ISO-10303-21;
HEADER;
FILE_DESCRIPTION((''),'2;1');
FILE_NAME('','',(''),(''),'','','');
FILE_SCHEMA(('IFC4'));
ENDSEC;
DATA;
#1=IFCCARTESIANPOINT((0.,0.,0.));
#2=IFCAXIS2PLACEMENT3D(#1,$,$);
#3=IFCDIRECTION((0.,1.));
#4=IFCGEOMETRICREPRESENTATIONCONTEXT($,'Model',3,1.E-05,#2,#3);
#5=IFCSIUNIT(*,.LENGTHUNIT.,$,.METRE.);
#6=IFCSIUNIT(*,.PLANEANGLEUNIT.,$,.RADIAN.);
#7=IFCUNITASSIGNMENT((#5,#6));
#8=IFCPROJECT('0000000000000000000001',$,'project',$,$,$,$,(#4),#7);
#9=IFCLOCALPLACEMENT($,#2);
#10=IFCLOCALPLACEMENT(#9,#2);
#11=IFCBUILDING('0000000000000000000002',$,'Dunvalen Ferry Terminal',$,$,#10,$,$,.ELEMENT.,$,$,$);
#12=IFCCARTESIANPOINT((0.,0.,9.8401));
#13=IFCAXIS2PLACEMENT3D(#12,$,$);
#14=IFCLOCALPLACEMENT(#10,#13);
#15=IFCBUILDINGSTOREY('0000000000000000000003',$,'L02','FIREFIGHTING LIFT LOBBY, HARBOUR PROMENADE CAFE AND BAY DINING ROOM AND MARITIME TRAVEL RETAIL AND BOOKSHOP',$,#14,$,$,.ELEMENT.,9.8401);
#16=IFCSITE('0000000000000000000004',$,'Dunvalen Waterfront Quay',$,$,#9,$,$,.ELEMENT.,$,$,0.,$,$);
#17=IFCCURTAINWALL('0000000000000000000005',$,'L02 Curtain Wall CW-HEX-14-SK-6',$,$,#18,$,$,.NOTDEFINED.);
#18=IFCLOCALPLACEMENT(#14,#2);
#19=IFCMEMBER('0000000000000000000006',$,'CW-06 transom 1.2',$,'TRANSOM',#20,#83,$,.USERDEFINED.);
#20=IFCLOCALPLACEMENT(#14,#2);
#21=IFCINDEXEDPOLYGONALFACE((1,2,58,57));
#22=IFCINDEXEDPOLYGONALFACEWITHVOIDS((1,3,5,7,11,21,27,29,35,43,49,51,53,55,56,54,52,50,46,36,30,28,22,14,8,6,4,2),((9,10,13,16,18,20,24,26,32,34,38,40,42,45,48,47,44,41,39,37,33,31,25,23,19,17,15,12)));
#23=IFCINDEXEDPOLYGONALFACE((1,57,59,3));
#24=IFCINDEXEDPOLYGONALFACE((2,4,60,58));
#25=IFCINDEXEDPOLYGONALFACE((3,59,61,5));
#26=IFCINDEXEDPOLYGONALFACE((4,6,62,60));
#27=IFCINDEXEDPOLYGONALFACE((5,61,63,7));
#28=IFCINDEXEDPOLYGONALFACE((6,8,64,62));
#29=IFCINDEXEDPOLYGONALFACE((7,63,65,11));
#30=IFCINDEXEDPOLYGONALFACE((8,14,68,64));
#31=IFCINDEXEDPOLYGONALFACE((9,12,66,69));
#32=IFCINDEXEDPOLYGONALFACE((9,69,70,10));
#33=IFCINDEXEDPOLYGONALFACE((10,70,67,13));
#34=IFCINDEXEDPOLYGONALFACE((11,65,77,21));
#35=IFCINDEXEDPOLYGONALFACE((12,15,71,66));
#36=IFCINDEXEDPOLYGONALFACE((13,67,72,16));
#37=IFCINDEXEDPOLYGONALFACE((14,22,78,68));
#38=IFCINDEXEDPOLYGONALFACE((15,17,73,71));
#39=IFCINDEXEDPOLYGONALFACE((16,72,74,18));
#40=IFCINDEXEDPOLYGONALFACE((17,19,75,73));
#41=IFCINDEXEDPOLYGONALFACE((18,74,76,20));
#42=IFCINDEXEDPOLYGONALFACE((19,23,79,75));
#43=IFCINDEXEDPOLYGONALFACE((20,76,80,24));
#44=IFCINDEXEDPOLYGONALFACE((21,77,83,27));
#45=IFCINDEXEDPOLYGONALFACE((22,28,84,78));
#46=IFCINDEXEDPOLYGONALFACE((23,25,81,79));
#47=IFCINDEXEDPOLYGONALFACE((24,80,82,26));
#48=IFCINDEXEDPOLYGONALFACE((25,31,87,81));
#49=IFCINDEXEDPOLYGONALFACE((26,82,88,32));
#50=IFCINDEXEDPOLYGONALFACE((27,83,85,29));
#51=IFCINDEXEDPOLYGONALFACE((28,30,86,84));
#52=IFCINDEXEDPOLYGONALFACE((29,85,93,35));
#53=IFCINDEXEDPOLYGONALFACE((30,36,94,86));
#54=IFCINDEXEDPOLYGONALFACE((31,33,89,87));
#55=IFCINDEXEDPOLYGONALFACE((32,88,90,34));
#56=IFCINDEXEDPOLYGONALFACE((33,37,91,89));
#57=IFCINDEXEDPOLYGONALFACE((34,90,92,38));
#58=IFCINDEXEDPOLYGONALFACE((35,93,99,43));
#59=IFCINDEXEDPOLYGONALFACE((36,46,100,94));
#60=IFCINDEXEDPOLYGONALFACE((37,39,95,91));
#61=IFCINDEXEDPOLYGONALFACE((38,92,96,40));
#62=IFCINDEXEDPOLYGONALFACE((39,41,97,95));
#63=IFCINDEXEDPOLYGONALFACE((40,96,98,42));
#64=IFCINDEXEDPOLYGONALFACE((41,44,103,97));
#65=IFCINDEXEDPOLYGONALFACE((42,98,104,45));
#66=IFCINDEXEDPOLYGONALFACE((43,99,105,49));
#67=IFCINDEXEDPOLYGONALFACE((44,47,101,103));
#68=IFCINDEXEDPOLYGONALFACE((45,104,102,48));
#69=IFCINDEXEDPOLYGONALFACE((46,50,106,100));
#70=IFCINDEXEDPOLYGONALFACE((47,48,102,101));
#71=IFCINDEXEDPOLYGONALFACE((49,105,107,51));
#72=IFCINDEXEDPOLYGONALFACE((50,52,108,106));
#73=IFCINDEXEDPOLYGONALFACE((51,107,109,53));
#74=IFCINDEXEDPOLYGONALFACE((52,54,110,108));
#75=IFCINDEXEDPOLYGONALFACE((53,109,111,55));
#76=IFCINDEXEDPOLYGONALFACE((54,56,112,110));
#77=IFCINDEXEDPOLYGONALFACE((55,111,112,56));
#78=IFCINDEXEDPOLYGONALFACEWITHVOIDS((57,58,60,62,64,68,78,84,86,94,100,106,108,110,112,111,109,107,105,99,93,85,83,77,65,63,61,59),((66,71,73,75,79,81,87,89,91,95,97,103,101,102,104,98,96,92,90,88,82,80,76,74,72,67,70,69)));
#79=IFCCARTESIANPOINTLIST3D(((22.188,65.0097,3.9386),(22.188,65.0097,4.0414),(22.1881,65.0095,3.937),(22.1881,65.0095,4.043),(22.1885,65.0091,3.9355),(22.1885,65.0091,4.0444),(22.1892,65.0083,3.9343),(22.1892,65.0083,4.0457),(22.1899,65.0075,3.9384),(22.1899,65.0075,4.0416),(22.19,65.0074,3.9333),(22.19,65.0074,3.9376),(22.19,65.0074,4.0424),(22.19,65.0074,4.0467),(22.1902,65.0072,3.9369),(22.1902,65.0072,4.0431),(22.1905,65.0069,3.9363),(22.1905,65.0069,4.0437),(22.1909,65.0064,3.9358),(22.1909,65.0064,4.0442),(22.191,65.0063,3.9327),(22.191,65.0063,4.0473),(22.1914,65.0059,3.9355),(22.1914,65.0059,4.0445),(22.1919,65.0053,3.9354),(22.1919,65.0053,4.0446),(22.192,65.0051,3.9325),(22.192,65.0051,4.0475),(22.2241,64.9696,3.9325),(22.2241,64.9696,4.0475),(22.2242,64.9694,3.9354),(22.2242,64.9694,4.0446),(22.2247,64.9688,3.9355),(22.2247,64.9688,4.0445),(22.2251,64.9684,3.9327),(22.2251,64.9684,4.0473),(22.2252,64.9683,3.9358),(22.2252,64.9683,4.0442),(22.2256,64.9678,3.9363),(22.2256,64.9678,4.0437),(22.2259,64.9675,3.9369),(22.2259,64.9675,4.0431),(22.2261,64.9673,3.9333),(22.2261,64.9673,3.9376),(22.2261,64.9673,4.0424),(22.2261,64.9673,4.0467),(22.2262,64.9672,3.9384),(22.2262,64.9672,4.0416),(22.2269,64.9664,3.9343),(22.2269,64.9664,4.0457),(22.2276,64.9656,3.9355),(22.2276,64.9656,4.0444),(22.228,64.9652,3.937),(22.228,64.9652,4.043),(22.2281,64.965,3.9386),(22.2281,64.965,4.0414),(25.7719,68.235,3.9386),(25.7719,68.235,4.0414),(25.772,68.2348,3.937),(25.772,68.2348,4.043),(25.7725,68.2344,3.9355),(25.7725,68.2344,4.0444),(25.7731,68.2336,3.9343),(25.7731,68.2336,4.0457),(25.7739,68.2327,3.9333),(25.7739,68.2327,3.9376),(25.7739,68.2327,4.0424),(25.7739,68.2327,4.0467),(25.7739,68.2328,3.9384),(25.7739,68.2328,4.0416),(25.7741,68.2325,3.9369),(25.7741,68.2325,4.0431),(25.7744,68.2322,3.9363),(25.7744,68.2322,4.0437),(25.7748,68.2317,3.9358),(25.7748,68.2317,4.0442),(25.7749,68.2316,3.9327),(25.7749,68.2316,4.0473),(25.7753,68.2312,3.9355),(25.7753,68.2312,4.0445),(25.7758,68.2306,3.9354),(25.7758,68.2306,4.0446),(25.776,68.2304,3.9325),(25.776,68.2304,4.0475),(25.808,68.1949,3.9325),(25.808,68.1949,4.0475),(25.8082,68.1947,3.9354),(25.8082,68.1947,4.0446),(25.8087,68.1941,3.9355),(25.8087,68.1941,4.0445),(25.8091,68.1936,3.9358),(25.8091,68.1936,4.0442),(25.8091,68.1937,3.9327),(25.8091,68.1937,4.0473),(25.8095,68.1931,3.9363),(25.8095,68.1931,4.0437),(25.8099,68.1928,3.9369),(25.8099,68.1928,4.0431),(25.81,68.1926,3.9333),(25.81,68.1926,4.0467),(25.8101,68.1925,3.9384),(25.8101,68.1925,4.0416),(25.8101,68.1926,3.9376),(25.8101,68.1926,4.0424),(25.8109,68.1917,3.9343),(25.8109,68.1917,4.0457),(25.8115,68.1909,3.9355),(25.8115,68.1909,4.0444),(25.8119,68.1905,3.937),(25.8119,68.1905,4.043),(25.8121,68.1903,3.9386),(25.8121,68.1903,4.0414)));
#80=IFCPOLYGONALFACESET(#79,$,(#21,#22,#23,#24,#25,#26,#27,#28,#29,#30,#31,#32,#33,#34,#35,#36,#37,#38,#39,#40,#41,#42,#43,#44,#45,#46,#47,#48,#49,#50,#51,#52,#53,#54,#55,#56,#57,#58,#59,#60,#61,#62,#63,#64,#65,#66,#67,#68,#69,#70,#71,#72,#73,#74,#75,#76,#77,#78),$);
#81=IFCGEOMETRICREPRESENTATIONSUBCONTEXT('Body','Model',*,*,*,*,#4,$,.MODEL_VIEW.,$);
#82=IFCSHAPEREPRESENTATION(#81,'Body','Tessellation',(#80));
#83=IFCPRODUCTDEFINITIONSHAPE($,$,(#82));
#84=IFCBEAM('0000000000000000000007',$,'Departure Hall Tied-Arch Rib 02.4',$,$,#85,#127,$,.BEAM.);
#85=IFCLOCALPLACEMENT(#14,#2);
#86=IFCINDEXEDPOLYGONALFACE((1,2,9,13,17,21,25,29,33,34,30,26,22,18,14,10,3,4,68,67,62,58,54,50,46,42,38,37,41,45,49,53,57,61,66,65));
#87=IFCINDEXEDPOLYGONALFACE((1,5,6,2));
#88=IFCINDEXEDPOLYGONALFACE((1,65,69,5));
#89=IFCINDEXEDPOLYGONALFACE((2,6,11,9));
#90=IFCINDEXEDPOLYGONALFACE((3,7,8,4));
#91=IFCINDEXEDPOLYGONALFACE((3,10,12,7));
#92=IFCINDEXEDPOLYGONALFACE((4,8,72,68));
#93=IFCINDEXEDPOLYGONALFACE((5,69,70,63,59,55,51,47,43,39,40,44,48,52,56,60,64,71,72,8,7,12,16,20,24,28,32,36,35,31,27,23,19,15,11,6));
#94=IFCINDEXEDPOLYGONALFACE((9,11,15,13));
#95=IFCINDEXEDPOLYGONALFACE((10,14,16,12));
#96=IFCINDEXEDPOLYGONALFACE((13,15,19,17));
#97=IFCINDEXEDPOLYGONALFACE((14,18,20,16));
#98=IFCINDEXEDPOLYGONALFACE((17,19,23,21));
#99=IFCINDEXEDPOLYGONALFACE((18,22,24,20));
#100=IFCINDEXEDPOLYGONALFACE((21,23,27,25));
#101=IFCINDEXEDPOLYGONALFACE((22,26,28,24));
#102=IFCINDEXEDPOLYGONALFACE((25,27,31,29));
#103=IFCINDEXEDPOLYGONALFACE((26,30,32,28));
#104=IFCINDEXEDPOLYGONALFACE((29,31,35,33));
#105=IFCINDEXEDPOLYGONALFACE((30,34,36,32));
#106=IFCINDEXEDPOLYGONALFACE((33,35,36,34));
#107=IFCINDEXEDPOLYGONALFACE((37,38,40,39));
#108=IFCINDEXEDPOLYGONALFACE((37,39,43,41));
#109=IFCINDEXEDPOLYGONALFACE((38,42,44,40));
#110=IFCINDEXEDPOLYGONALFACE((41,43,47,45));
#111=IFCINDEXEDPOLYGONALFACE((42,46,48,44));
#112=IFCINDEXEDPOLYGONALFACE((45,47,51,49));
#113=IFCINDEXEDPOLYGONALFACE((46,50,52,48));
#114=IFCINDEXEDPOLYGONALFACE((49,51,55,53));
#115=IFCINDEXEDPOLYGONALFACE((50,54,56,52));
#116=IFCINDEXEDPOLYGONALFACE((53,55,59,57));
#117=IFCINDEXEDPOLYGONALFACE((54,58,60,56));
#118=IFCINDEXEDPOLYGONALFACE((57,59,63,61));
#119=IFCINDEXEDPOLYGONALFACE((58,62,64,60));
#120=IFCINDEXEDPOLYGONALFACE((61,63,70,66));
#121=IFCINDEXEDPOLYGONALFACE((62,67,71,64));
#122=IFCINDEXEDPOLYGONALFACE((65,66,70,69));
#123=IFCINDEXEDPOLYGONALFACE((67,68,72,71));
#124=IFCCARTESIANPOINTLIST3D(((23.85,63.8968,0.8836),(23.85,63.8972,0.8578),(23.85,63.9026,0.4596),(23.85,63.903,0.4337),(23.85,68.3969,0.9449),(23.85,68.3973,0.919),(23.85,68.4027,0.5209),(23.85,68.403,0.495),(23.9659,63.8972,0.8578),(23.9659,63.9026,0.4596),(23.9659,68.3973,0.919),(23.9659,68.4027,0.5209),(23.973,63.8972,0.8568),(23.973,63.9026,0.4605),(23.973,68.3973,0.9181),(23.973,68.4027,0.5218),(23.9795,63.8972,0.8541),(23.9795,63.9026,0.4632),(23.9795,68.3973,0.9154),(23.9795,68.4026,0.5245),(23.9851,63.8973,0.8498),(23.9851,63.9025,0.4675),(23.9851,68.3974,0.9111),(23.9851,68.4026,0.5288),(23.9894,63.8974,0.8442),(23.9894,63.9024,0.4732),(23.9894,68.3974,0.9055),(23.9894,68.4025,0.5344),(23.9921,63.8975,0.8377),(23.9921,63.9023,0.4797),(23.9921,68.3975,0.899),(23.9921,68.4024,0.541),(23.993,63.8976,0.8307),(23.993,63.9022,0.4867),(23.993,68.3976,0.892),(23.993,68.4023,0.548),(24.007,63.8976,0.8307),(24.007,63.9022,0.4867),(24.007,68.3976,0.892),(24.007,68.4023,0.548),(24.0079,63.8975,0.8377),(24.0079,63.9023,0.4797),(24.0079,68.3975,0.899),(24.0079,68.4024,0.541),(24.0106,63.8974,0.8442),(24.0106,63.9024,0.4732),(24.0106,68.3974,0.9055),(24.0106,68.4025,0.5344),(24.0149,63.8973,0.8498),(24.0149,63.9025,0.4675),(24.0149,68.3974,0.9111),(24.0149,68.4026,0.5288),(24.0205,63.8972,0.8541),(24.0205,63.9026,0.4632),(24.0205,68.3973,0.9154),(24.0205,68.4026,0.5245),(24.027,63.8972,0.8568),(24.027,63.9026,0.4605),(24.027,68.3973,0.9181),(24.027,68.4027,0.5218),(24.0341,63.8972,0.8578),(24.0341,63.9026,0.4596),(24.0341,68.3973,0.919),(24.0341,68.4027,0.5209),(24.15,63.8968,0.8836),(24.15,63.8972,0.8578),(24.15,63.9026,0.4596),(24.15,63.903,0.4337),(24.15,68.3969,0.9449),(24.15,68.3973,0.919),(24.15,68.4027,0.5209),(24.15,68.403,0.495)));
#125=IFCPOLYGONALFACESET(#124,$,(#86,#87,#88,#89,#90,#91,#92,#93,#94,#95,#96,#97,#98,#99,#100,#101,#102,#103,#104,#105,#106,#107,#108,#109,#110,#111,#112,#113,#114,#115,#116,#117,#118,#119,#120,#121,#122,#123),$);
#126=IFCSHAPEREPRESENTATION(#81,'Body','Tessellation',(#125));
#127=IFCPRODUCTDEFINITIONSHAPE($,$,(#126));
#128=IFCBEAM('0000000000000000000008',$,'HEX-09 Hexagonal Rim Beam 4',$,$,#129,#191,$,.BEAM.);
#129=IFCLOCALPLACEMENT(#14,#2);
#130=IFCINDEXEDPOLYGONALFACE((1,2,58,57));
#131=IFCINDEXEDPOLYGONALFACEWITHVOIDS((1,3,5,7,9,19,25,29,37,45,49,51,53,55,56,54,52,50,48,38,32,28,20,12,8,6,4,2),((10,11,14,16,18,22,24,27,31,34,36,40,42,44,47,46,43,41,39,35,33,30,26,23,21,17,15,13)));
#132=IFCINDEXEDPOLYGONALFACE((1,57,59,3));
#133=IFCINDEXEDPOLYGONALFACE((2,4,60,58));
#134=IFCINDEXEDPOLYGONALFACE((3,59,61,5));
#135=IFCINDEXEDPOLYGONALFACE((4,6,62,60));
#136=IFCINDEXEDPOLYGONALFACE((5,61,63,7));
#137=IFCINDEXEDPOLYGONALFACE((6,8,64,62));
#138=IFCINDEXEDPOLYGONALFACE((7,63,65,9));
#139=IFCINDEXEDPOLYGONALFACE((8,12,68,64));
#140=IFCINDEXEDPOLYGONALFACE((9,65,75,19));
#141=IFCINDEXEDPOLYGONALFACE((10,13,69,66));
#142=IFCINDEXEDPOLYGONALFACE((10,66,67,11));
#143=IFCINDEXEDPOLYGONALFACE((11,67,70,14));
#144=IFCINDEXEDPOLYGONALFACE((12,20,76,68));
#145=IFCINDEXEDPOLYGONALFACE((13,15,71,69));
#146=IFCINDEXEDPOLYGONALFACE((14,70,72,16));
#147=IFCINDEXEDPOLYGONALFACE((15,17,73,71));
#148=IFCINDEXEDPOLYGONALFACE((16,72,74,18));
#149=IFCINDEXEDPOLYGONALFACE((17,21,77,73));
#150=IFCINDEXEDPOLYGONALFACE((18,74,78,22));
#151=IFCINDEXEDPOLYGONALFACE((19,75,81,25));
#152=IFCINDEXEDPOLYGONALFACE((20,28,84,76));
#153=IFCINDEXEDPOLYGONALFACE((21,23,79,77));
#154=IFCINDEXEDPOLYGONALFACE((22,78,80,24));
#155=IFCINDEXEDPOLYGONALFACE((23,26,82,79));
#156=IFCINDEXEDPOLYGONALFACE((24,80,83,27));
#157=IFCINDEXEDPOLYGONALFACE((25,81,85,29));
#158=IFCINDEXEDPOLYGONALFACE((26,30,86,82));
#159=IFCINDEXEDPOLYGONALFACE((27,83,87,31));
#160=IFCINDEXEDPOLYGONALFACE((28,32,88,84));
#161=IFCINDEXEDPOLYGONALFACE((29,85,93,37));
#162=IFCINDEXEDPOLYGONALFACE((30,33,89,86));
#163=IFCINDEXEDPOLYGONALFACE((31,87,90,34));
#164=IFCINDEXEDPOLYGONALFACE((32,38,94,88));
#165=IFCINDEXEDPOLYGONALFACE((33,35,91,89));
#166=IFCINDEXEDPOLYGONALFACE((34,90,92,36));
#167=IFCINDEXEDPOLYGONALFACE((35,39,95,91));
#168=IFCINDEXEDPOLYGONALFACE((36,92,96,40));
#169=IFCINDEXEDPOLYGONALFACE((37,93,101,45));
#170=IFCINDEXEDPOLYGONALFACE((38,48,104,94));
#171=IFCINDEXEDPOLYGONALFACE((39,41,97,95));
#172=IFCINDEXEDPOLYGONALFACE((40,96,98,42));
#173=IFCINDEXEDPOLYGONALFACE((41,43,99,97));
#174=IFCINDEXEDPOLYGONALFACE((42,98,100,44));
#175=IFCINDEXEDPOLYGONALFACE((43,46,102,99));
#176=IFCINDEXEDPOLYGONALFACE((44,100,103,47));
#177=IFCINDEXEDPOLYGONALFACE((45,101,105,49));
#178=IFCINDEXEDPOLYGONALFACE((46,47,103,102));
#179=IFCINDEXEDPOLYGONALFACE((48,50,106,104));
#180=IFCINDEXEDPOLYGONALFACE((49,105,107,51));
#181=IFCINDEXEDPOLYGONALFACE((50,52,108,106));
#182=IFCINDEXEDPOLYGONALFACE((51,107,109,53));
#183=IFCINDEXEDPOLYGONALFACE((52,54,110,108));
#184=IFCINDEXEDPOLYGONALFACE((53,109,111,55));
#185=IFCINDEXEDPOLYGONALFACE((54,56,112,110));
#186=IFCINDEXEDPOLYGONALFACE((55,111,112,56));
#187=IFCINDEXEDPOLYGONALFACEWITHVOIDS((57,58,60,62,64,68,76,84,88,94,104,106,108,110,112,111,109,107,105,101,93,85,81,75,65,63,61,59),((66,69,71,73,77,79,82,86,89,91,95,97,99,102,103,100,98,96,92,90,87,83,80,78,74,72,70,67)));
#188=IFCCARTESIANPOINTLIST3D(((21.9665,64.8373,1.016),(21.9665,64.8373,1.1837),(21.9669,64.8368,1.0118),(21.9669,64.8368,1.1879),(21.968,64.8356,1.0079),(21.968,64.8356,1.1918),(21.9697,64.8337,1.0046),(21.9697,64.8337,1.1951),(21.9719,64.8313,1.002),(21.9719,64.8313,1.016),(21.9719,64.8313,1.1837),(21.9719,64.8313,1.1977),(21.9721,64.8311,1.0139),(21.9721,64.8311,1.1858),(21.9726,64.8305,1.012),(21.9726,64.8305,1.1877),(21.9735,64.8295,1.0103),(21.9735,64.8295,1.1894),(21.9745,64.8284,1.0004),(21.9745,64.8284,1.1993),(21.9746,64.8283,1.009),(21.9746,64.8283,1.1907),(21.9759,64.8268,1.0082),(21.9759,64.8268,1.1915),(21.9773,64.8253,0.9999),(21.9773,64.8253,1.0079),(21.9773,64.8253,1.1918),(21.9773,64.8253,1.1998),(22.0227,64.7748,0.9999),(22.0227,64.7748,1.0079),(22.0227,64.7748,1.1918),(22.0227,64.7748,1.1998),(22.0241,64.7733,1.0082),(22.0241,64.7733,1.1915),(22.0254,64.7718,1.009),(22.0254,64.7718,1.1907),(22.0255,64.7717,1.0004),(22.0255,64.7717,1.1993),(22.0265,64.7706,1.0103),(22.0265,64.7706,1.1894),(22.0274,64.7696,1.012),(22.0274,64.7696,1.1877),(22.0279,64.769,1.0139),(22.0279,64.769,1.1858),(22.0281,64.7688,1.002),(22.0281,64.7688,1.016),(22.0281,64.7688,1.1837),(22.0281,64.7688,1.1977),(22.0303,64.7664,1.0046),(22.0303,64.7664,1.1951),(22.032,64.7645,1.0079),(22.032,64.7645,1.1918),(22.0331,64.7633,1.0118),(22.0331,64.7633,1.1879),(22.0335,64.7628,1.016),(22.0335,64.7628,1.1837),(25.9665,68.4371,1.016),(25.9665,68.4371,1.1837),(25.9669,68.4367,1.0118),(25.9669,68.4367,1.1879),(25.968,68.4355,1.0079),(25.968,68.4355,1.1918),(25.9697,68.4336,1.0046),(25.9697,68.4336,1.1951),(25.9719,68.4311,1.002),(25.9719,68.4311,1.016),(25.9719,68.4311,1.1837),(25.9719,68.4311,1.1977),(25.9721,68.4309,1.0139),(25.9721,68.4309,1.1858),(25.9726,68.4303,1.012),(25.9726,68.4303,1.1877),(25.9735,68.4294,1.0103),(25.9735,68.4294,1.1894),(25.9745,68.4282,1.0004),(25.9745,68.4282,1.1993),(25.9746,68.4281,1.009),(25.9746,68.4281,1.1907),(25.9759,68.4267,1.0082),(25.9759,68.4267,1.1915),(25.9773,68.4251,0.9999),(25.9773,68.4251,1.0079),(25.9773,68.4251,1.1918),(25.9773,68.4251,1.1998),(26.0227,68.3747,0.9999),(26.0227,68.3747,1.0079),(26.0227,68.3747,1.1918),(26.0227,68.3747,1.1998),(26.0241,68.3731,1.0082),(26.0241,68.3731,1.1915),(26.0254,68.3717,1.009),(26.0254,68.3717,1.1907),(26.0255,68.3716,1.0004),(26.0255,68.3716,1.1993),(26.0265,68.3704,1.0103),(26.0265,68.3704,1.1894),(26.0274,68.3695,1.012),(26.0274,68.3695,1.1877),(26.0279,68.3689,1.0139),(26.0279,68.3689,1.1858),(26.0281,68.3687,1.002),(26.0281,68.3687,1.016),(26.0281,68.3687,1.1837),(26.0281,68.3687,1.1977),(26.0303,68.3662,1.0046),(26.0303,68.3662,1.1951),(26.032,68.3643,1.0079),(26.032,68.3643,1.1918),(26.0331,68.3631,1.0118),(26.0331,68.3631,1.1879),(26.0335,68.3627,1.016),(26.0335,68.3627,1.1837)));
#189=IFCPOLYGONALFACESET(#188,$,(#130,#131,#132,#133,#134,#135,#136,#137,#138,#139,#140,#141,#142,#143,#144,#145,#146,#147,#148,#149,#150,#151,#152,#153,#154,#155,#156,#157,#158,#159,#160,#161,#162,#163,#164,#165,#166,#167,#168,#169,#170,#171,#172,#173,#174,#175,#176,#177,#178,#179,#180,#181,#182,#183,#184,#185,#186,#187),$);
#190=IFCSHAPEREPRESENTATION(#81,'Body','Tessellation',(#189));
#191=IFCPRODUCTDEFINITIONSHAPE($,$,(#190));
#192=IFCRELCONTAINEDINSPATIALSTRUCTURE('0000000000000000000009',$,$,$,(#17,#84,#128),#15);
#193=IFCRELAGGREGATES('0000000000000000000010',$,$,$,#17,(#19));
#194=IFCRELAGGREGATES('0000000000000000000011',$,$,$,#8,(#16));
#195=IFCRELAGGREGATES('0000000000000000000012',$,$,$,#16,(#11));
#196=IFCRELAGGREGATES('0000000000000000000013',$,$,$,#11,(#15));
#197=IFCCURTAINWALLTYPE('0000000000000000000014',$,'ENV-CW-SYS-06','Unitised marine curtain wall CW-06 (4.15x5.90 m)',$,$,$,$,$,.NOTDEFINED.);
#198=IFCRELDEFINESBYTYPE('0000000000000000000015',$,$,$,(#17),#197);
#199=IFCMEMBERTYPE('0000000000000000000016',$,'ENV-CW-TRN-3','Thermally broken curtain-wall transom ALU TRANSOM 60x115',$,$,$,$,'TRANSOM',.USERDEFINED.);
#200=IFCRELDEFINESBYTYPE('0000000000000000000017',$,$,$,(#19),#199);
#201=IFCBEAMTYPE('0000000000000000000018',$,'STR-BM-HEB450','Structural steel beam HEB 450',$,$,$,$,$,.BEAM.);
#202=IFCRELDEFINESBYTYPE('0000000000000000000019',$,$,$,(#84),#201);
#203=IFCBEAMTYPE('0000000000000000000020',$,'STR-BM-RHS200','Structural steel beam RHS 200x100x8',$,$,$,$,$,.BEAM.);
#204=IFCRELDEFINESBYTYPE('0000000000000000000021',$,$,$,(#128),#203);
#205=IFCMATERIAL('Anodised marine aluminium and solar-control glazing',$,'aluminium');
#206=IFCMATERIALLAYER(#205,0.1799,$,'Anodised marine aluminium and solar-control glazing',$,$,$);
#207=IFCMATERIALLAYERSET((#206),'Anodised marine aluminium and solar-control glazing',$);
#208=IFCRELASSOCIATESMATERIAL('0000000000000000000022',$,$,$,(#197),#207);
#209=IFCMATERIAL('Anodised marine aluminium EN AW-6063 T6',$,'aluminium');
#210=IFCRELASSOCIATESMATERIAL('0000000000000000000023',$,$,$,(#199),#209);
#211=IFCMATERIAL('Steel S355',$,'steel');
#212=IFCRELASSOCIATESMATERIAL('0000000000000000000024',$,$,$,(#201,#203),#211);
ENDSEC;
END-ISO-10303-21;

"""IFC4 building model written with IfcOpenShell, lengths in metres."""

from ifc_helpers import new_model, si_unit, direction, frame, origin, origin_2d, place, context, subcontext, project, spatial, hollow_rectangle, i_section, extrude, material, layer, layer_set, material_profile, profile_set, type_object, element, aggregate, save


model = new_model("IFC4")

# Units and contexts
model_context = context("Model", 3, precision=1e-05, world=origin(), true_north=direction((0.0, 1.0)))
body_context = subcontext(model_context, "Body", "Model", "MODEL_VIEW")
ifc_project = project(units=[si_unit("LENGTHUNIT", "METRE"), si_unit("PLANEANGLEUNIT", "RADIAN")], contexts=[model_context])

# Site, building, storey
site_placement = place(None, origin())
site = spatial("IfcSite", under=ifc_project, at=site_placement, Name="Dunvalen Waterfront Quay", CompositionType="ELEMENT", RefElevation=0.0)
building_placement = place(site_placement, origin())
building = spatial("IfcBuilding", under=site, at=building_placement, Name="Dunvalen Ferry Terminal", CompositionType="ELEMENT")
storey_placement = place(building_placement, frame((0.0, 0.0, 9.8401)))
storey = spatial("IfcBuildingStorey", under=building, at=storey_placement, Name="L02", Description="FIREFIGHTING LIFT LOBBY, HARBOUR PROMENADE CAFE AND BAY DINING ROOM AND MARITIME TRAVEL RETAIL AND BOOKSHOP", CompositionType="ELEMENT", Elevation=9.8401)

# Curtain wall
ifc_material_1 = material(Name="Anodised marine aluminium and solar-control glazing", Category="aluminium")
ifc_material_2 = material(Name="Anodised marine aluminium EN AW-6063 T6", Category="aluminium")
ifc_layer_1 = layer(ifc_material_1, 0.1799, Name="Anodised marine aluminium and solar-control glazing")
ifc_layer_set_1 = layer_set([ifc_layer_1], Name="Anodised marine aluminium and solar-control glazing")
curtain_wall_type_1 = type_object("IfcCurtainWallType", Name="ENV-CW-SYS-06", Description="Unitised marine curtain wall CW-06 (4.15x5.90 m)", PredefinedType="NOTDEFINED", material=ifc_layer_set_1)
curtain_wall_1_placement = place(storey_placement, origin())
curtain_wall_1 = element("IfcCurtainWall", 1, at=curtain_wall_1_placement, inside=storey, type_object=curtain_wall_type_1, Name="L02 Curtain Wall CW-HEX-14-SK-6", PredefinedType="NOTDEFINED")

# Member
ifc_material_profile_1 = material_profile(ifc_material_2, hollow_rectangle(XDim=0.0601, YDim=0.115, WallThickness=0.0029, InnerFilletRadius=0.0029, OuterFilletRadius=0.0061, at=origin_2d()), Name="Anodised marine aluminium EN AW-6063 T6")
ifc_profile_set_1 = profile_set([ifc_material_profile_1], Name="Anodised marine aluminium EN AW-6063 T6")
member_type_1 = type_object("IfcMemberType", Name="ENV-CW-TRN-3", Description="Thermally broken curtain-wall transom ALU TRANSOM 60x115", ElementType="TRANSOM", PredefinedType="USERDEFINED", material=ifc_profile_set_1)
member_1_placement = place(storey_placement, frame((25.792, 68.2126, 3.99), z_axis=(-0.743319, -0.668937, 0.0), x_axis=(0.668937, -0.743319, 0.0)))
member_1 = element("IfcMember", 2, at=member_1_placement, type_object=member_type_1, Name="CW-06 transom 1.2", ObjectType="TRANSOM", PredefinedType="USERDEFINED", context=body_context, shape_type="SweptSolid", body=[
    extrude(hollow_rectangle(XDim=0.0601, YDim=0.115, WallThickness=0.0029, InnerFilletRadius=0.0029, OuterFilletRadius=0.0061, at=origin_2d()), origin(), (0.0, 0.0, 1.0), 4.8215),
])

# Beams
ifc_material_3 = material(Name="Steel S355", Category="steel")
ifc_material_profile_2 = material_profile(ifc_material_3, i_section(OverallWidth=0.3, OverallDepth=0.45, WebThickness=0.0139, FlangeThickness=0.0259, FilletRadius=0.0271, at=origin_2d()), Name="Steel S355")
ifc_profile_set_2 = profile_set([ifc_material_profile_2], Name="Steel S355")
beam_type_1 = type_object("IfcBeamType", Name="STR-BM-HEB450", Description="Structural steel beam HEB 450", PredefinedType="BEAM", material=ifc_profile_set_2)
beam_1_placement = place(storey_placement, frame((24.0, 63.8999, 0.6587), z_axis=(0.0, 0.999907, 0.013616), x_axis=(-1.0, 0.0, 0.0)))
element("IfcBeam", 3, at=beam_1_placement, inside=storey, type_object=beam_type_1, Name="Departure Hall Tied-Arch Rib 02.4", PredefinedType="BEAM", context=body_context, shape_type="SweptSolid", body=[
    extrude(i_section(OverallWidth=0.3, OverallDepth=0.45, WebThickness=0.0139, FlangeThickness=0.0259, FilletRadius=0.0271, at=origin_2d()), origin(), (0.0, 0.0, 1.0), 4.5005),
])
ifc_material_profile_3 = material_profile(ifc_material_3, hollow_rectangle(XDim=0.1001, YDim=0.2, WallThickness=0.0081, InnerFilletRadius=0.0081, OuterFilletRadius=0.0161, at=origin_2d()), Name="Steel S355")
ifc_profile_set_3 = profile_set([ifc_material_profile_3], Name="Steel S355")
beam_type_2 = type_object("IfcBeamType", Name="STR-BM-RHS200", Description="Structural steel beam RHS 200x100x8", PredefinedType="BEAM", material=ifc_profile_set_3)
beam_2_placement = place(storey_placement, frame((22.0, 64.8, 1.0999), z_axis=(0.743308, 0.66895, 0.0), x_axis=(-0.66895, 0.743308, 0.0)))
element("IfcBeam", 4, at=beam_2_placement, inside=storey, type_object=beam_type_2, Name="HEX-09 Hexagonal Rim Beam 4", PredefinedType="BEAM", context=body_context, shape_type="SweptSolid", body=[
    extrude(hollow_rectangle(XDim=0.1001, YDim=0.2, WallThickness=0.0081, InnerFilletRadius=0.0081, OuterFilletRadius=0.0161, at=origin_2d()), origin(), (0.0, 0.0, 1.0), 5.3813),
])

aggregate(curtain_wall_1, [member_1])

save(model, "model.ifc")
